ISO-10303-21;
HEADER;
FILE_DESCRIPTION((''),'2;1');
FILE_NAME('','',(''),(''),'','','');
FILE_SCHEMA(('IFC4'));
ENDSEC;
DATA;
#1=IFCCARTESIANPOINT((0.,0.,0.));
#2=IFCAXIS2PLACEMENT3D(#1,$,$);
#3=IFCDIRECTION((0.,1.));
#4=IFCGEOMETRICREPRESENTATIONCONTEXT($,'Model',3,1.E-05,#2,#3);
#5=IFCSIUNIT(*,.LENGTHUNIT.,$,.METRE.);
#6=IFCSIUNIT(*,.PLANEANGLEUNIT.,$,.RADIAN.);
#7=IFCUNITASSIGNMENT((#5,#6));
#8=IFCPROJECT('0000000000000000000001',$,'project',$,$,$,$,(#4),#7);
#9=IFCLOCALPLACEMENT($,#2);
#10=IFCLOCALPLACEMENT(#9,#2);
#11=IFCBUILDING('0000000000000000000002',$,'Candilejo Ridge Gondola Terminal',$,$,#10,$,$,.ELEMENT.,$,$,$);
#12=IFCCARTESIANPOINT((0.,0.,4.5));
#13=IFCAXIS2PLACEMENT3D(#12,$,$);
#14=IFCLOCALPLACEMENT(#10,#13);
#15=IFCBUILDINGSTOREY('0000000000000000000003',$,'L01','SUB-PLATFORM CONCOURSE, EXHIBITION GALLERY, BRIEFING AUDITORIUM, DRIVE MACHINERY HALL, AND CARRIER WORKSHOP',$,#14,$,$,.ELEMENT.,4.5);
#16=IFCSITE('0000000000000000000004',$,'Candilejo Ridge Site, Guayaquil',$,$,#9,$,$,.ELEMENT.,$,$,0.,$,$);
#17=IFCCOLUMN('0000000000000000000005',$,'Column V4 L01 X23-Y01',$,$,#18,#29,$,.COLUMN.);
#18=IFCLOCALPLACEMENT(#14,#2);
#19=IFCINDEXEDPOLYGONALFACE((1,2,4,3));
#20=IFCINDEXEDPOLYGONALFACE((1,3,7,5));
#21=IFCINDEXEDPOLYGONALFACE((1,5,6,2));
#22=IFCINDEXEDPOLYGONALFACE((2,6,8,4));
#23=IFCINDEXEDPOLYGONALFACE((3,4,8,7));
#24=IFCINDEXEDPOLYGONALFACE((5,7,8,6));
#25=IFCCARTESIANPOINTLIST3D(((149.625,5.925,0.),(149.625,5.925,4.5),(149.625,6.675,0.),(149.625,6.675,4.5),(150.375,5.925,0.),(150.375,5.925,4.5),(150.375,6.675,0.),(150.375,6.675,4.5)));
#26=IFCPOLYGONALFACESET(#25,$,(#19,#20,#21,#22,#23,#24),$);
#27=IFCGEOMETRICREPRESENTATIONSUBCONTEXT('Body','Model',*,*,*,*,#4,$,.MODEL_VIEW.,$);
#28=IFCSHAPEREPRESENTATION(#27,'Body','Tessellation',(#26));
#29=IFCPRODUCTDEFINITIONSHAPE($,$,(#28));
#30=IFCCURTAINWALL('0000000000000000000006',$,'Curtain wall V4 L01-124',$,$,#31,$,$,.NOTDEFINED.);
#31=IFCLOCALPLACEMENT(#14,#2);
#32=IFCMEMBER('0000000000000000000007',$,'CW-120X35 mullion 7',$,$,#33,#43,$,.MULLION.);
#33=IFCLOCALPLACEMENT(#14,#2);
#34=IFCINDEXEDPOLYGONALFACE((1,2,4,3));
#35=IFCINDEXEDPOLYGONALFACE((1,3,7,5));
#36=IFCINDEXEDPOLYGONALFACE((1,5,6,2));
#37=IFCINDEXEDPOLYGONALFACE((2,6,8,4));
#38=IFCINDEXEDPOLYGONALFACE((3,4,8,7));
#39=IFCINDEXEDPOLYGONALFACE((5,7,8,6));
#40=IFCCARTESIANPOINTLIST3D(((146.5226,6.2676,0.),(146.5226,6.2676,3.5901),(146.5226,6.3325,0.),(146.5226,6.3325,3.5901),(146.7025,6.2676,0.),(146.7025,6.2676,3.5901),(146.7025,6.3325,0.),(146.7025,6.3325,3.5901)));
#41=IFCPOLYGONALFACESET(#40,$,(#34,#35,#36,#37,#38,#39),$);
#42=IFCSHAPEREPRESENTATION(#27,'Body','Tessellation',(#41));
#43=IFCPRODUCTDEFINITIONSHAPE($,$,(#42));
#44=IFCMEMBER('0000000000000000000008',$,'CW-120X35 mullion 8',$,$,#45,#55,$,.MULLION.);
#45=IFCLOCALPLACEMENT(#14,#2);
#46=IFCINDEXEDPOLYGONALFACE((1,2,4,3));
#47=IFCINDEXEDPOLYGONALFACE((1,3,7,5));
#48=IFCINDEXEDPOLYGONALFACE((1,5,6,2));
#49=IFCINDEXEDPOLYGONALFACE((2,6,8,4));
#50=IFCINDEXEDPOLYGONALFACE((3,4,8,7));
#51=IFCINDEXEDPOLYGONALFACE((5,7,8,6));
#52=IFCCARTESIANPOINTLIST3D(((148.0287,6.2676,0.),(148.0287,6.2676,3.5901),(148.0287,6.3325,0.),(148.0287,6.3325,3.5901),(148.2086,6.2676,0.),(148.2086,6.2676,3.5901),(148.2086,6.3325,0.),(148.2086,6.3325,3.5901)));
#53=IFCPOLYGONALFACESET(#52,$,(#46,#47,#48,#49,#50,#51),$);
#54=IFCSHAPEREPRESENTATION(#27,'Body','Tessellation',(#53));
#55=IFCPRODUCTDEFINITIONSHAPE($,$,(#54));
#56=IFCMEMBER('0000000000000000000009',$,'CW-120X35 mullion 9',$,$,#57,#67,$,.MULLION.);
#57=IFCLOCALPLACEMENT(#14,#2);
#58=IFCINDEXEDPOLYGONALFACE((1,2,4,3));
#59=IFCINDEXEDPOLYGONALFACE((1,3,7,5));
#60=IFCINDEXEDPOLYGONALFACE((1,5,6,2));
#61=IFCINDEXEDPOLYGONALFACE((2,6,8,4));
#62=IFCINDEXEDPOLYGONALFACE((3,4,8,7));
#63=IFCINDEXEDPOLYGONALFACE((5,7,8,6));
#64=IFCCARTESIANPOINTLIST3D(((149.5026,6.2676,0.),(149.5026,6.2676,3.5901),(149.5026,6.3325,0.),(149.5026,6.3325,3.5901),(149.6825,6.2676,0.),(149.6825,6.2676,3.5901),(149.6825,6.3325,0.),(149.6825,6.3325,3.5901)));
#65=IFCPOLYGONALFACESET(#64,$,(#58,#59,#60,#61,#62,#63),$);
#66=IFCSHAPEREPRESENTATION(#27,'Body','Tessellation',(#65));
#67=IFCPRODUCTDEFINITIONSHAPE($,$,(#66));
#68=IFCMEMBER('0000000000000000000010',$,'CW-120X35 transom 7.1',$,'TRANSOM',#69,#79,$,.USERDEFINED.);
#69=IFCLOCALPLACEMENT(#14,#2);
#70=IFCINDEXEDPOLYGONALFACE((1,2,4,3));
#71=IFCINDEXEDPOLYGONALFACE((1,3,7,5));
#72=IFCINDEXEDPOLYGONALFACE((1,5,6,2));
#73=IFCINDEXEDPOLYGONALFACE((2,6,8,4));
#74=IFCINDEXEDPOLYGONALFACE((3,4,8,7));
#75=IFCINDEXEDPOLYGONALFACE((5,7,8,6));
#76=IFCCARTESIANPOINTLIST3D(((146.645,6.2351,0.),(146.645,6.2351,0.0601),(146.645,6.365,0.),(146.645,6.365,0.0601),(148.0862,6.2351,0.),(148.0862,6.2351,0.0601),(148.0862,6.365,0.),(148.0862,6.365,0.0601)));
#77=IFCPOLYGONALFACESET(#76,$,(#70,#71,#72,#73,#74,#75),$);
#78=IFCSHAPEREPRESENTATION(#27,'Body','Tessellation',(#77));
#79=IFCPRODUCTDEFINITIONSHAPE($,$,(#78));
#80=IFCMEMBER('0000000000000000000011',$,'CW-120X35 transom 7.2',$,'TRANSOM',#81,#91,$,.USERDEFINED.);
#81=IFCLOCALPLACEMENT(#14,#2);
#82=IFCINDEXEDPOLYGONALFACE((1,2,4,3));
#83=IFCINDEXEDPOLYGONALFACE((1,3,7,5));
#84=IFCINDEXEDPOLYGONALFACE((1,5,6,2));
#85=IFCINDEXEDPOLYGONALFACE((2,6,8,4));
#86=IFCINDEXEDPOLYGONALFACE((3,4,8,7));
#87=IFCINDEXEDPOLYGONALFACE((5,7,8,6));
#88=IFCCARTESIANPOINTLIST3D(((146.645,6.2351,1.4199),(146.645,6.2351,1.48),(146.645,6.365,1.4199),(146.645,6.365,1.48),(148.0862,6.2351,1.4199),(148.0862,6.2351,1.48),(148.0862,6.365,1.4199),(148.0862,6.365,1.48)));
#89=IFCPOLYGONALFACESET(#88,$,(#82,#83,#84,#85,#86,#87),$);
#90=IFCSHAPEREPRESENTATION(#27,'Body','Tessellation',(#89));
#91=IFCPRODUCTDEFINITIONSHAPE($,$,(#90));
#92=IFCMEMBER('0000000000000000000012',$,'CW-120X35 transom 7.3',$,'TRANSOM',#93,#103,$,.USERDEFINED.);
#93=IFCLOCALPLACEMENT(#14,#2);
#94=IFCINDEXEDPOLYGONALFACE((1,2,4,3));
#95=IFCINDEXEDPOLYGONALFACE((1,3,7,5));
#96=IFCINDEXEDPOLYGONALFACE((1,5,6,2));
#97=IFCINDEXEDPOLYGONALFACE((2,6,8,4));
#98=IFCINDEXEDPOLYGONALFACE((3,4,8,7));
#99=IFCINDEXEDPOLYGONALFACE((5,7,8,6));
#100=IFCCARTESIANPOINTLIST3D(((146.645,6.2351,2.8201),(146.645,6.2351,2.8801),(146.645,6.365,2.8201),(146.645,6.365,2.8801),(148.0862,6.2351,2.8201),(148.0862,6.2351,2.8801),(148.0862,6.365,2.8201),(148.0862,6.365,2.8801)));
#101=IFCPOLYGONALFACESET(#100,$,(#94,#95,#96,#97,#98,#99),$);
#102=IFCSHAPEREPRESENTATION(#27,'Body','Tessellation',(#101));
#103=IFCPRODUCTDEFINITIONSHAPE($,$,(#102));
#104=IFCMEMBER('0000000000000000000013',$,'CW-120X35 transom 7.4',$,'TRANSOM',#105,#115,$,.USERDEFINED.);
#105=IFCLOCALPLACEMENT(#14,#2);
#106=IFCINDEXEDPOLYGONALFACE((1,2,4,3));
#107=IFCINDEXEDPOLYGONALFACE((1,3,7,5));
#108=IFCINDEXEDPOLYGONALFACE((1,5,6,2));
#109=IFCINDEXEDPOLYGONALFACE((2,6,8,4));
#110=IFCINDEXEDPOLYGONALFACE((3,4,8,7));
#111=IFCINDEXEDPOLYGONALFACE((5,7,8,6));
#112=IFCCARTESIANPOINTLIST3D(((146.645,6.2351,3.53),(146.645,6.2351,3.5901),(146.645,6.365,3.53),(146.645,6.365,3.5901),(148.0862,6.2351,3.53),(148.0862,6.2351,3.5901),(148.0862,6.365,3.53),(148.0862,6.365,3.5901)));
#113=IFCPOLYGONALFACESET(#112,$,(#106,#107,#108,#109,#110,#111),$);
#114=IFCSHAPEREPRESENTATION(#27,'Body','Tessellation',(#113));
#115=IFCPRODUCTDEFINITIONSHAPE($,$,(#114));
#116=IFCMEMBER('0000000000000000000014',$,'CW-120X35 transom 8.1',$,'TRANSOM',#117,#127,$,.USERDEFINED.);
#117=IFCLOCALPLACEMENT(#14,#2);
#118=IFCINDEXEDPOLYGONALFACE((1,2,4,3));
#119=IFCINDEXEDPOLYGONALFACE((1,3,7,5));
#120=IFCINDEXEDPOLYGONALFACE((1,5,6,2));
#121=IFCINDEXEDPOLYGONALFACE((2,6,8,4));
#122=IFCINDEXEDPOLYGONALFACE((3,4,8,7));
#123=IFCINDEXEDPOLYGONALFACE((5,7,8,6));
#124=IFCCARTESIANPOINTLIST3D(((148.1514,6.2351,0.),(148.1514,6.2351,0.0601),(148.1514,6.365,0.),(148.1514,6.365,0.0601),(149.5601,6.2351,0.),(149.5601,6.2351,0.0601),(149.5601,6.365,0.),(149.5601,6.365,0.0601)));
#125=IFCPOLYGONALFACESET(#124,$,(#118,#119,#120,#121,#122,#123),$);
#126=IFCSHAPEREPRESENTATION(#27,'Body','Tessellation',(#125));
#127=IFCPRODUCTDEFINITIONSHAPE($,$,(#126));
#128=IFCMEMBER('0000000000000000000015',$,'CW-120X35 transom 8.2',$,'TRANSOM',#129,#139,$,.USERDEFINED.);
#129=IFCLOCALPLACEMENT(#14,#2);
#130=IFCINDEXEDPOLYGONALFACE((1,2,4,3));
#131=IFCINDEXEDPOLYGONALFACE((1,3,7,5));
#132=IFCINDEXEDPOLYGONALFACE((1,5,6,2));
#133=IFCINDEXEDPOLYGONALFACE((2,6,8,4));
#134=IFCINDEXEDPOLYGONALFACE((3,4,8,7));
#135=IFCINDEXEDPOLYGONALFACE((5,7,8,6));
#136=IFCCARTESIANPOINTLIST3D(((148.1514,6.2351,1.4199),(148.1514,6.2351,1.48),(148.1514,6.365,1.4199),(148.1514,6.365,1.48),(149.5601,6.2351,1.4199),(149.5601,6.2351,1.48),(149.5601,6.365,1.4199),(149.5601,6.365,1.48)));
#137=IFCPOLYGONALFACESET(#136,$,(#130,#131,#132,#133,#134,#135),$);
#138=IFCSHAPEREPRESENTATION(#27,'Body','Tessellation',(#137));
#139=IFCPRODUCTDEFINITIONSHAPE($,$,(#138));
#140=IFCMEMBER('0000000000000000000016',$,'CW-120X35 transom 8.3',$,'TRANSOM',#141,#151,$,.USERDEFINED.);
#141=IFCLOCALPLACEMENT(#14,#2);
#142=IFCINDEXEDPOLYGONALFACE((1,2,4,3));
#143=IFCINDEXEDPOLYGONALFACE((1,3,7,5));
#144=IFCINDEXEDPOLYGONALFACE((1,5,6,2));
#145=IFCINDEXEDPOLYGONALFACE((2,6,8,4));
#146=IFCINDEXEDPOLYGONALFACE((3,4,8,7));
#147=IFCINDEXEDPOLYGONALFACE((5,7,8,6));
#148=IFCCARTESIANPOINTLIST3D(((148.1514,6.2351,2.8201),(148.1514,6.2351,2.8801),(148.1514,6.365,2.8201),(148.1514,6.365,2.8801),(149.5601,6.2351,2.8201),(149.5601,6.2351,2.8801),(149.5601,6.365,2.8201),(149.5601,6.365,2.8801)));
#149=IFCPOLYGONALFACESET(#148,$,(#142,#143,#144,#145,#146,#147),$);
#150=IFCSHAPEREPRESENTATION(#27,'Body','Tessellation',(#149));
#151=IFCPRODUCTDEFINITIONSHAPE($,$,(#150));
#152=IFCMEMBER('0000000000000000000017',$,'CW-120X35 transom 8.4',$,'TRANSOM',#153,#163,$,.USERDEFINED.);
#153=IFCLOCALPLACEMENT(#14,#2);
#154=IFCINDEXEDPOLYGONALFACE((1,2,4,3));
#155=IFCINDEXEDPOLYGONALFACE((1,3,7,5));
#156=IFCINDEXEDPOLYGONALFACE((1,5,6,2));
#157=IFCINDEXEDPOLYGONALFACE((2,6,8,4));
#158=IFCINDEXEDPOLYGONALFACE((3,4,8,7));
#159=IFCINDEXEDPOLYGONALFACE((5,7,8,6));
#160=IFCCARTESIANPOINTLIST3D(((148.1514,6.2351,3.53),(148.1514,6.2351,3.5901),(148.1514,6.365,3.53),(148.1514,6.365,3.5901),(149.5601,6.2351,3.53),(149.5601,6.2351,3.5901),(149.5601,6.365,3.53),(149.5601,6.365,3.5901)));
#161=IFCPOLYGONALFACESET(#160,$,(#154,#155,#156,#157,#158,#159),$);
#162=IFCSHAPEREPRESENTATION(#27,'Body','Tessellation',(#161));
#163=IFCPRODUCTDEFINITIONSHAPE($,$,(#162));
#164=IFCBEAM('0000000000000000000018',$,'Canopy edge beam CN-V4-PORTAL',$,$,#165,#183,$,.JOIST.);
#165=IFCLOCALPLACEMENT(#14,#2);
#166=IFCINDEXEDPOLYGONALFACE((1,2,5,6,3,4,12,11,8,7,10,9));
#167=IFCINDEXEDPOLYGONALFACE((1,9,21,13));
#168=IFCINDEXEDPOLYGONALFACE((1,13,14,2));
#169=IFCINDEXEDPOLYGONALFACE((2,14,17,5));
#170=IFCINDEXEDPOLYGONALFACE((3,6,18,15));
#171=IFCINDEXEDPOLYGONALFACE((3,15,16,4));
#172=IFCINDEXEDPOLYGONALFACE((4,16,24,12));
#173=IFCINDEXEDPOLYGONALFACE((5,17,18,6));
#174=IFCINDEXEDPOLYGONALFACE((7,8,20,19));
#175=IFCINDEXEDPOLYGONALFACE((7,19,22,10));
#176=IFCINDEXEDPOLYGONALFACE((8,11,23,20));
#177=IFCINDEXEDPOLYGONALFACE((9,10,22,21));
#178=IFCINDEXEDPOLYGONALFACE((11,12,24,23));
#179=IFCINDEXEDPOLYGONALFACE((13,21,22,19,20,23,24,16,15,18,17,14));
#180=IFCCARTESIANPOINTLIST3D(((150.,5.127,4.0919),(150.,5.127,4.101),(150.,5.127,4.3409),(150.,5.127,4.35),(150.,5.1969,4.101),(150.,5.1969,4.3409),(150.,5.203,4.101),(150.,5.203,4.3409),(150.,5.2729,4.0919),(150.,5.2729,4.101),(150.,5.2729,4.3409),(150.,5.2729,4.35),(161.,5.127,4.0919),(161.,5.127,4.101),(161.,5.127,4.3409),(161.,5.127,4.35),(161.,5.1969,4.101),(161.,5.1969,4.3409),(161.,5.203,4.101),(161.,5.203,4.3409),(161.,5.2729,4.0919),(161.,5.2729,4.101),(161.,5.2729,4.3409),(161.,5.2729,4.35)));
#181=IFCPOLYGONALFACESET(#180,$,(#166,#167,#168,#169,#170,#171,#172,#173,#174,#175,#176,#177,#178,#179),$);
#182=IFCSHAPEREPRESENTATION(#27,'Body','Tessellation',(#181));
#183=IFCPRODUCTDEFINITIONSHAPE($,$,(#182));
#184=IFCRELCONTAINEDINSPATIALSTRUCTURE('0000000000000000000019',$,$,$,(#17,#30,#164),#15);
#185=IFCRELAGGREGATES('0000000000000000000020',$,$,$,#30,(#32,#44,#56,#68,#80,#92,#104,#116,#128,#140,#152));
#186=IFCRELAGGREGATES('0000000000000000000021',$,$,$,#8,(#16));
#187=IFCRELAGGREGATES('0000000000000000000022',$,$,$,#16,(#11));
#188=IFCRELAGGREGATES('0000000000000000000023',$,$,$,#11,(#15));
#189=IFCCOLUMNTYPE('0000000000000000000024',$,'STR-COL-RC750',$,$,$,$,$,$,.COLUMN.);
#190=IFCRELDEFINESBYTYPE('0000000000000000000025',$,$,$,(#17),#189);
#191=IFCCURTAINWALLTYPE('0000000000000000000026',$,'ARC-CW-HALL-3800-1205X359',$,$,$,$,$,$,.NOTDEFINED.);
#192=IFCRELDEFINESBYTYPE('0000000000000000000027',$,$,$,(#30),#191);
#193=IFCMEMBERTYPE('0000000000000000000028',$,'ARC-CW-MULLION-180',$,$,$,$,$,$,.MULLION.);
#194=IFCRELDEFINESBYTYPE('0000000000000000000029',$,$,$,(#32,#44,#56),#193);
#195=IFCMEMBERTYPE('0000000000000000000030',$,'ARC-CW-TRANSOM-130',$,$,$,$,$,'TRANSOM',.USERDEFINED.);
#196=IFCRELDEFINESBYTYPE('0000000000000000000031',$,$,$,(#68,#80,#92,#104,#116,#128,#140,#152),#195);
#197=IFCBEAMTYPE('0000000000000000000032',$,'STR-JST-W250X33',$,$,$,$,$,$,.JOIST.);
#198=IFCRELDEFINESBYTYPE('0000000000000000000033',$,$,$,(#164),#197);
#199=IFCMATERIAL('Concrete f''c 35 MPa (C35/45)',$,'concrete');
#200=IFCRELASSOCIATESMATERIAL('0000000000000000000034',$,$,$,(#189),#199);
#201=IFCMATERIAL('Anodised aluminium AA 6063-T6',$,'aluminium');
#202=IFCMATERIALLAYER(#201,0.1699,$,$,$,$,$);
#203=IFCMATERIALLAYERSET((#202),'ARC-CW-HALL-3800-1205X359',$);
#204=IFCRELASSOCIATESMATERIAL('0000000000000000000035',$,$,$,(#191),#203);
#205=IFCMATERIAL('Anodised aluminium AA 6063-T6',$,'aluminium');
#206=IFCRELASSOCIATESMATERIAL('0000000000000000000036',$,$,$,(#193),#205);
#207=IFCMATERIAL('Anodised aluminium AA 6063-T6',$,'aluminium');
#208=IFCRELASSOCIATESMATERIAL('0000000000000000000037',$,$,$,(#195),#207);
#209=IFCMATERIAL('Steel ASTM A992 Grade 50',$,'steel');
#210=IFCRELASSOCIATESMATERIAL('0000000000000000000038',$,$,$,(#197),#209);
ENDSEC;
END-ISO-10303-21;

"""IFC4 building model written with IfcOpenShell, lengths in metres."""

from ifc_helpers import new_model, si_unit, direction, frame, origin, origin_2d, place, context, subcontext, project, spatial, rectangle, i_section, extrude, material, layer, layer_set, material_profile, profile_set, type_object, element, aggregate, save


model = new_model("IFC4")

# Units and contexts
model_context = context("Model", 3, precision=1e-05, world=origin(), true_north=direction((0.0, 1.0)))
body_context = subcontext(model_context, "Body", "Model", "MODEL_VIEW")
ifc_project = project(units=[si_unit("LENGTHUNIT", "METRE"), si_unit("PLANEANGLEUNIT", "RADIAN")], contexts=[model_context])

# Site, building, storey
site_placement = place(None, origin())
site = spatial("IfcSite", under=ifc_project, at=site_placement, Name="Candilejo Ridge Site, Guayaquil", CompositionType="ELEMENT", RefElevation=0.0)
building_placement = place(site_placement, origin())
building = spatial("IfcBuilding", under=site, at=building_placement, Name="Candilejo Ridge Gondola Terminal", CompositionType="ELEMENT")
storey_placement = place(building_placement, frame((0.0, 0.0, 4.5)))
storey = spatial("IfcBuildingStorey", under=building, at=storey_placement, Name="L01", Description="SUB-PLATFORM CONCOURSE, EXHIBITION GALLERY, BRIEFING AUDITORIUM, DRIVE MACHINERY HALL, AND CARRIER WORKSHOP", CompositionType="ELEMENT", Elevation=4.5)

# Column
ifc_material_1 = material(Name="Concrete f'c 35 MPa (C35/45)", Category="concrete")
ifc_material_profile_1 = material_profile(ifc_material_1, rectangle(XDim=0.75, YDim=0.75, at=origin_2d()))
ifc_profile_set_1 = profile_set([ifc_material_profile_1], Name="Concrete f'c 35 MPa (C35/45)")
column_type = type_object("IfcColumnType", Name="STR-COL-RC750", PredefinedType="COLUMN", material=ifc_profile_set_1)
column_placement = place(storey_placement, frame((150.0, 6.3, 0.0), z_axis=(0.0, 0.0, 1.0), x_axis=(1.0, 0.0, 0.0)))
element("IfcColumn", 1, at=column_placement, inside=storey, type_object=column_type, Name="Column V4 L01 X23-Y01", PredefinedType="COLUMN", context=body_context, shape_type="SweptSolid", body=[
    extrude(rectangle(XDim=0.75, YDim=0.75, at=origin_2d()), origin(), (0.0, 0.0, 1.0), 4.5),
])

# Curtain wall, members
ifc_material_2 = material(Name="Anodised aluminium AA 6063-T6", Category="aluminium")
ifc_layer_1 = layer(ifc_material_2, 0.1699)
ifc_layer_set_1 = layer_set([ifc_layer_1], Name="ARC-CW-HALL-3800-1205X359")
curtain_wall_type = type_object("IfcCurtainWallType", Name="ARC-CW-HALL-3800-1205X359", PredefinedType="NOTDEFINED", material=ifc_layer_set_1)
curtain_wall_placement = place(storey_placement, origin())
curtain_wall = element("IfcCurtainWall", 2, at=curtain_wall_placement, inside=storey, type_object=curtain_wall_type, Name="Curtain wall V4 L01-124", PredefinedType="NOTDEFINED")
ifc_material_3 = material(Name="Anodised aluminium AA 6063-T6", Category="aluminium")
ifc_material_profile_2 = material_profile(ifc_material_3, rectangle(XDim=0.0649, YDim=0.1799, at=origin_2d()))
ifc_profile_set_2 = profile_set([ifc_material_profile_2], Name="Anodised aluminium AA 6063-T6")
member_type_1 = type_object("IfcMemberType", Name="ARC-CW-MULLION-180", PredefinedType="MULLION", material=ifc_profile_set_2)
member_1_placement = place(storey_placement, frame((146.6125, 6.3, 0.0), z_axis=(0.0, 0.0, 1.0), x_axis=(0.0, 1.0, 0.0)))
member_1 = element("IfcMember", 3, at=member_1_placement, type_object=member_type_1, Name="CW-120X35 mullion 7", PredefinedType="MULLION", context=body_context, shape_type="SweptSolid", body=[
    extrude(rectangle(XDim=0.0649, YDim=0.1799, at=origin_2d()), origin(), (0.0, 0.0, 1.0), 3.5901),
])
member_2_placement = place(storey_placement, frame((148.1187, 6.3, 0.0), z_axis=(0.0, 0.0, 1.0), x_axis=(0.0, 1.0, 0.0)))
member_2 = element("IfcMember", 4, at=member_2_placement, type_object=member_type_1, Name="CW-120X35 mullion 8", PredefinedType="MULLION", context=body_context, shape_type="SweptSolid", body=[
    extrude(rectangle(XDim=0.0649, YDim=0.1799, at=origin_2d()), origin(), (0.0, 0.0, 1.0), 3.5901),
])
member_3_placement = place(storey_placement, frame((149.5925, 6.3, 0.0), z_axis=(0.0, 0.0, 1.0), x_axis=(0.0, 1.0, 0.0)))
member_3 = element("IfcMember", 5, at=member_3_placement, type_object=member_type_1, Name="CW-120X35 mullion 9", PredefinedType="MULLION", context=body_context, shape_type="SweptSolid", body=[
    extrude(rectangle(XDim=0.0649, YDim=0.1799, at=origin_2d()), origin(), (0.0, 0.0, 1.0), 3.5901),
])
ifc_material_4 = material(Name="Anodised aluminium AA 6063-T6", Category="aluminium")
ifc_material_profile_3 = material_profile(ifc_material_4, rectangle(XDim=0.1299, YDim=0.0601, at=origin_2d()))
ifc_profile_set_3 = profile_set([ifc_material_profile_3], Name="Anodised aluminium AA 6063-T6")
member_type_2 = type_object("IfcMemberType", Name="ARC-CW-TRANSOM-130", ElementType="TRANSOM", PredefinedType="USERDEFINED", material=ifc_profile_set_3)
member_4_placement = place(storey_placement, frame((146.645, 6.3, 0.03), z_axis=(1.0, 0.0, 0.0), x_axis=(0.0, 1.0, 0.0)))
member_4 = element("IfcMember", 6, at=member_4_placement, type_object=member_type_2, Name="CW-120X35 transom 7.1", ObjectType="TRANSOM", PredefinedType="USERDEFINED", context=body_context, shape_type="SweptSolid", body=[
    extrude(rectangle(XDim=0.1299, YDim=0.0601, at=origin_2d()), origin(), (0.0, 0.0, 1.0), 1.4412),
])
member_5_placement = place(storey_placement, frame((146.645, 6.3, 1.45), z_axis=(1.0, 0.0, 0.0), x_axis=(0.0, 1.0, 0.0)))
member_5 = element("IfcMember", 7, at=member_5_placement, type_object=member_type_2, Name="CW-120X35 transom 7.2", ObjectType="TRANSOM", PredefinedType="USERDEFINED", context=body_context, shape_type="SweptSolid", body=[
    extrude(rectangle(XDim=0.1299, YDim=0.0601, at=origin_2d()), origin(), (0.0, 0.0, 1.0), 1.4412),
])
member_6_placement = place(storey_placement, frame((146.645, 6.3, 2.8501), z_axis=(1.0, 0.0, 0.0), x_axis=(0.0, 1.0, 0.0)))
member_6 = element("IfcMember", 8, at=member_6_placement, type_object=member_type_2, Name="CW-120X35 transom 7.3", ObjectType="TRANSOM", PredefinedType="USERDEFINED", context=body_context, shape_type="SweptSolid", body=[
    extrude(rectangle(XDim=0.1299, YDim=0.0601, at=origin_2d()), origin(), (0.0, 0.0, 1.0), 1.4412),
])
member_7_placement = place(storey_placement, frame((146.645, 6.3, 3.5601), z_axis=(1.0, 0.0, 0.0), x_axis=(0.0, 1.0, 0.0)))
member_7 = element("IfcMember", 9, at=member_7_placement, type_object=member_type_2, Name="CW-120X35 transom 7.4", ObjectType="TRANSOM", PredefinedType="USERDEFINED", context=body_context, shape_type="SweptSolid", body=[
    extrude(rectangle(XDim=0.1299, YDim=0.0601, at=origin_2d()), origin(), (0.0, 0.0, 1.0), 1.4412),
])
member_8_placement = place(storey_placement, frame((148.1514, 6.3, 0.03), z_axis=(1.0, 0.0, 0.0), x_axis=(0.0, 1.0, 0.0)))
member_8 = element("IfcMember", 10, at=member_8_placement, type_object=member_type_2, Name="CW-120X35 transom 8.1", ObjectType="TRANSOM", PredefinedType="USERDEFINED", context=body_context, shape_type="SweptSolid", body=[
    extrude(rectangle(XDim=0.1299, YDim=0.0601, at=origin_2d()), origin(), (0.0, 0.0, 1.0), 1.4087),
])
member_9_placement = place(storey_placement, frame((148.1514, 6.3, 1.45), z_axis=(1.0, 0.0, 0.0), x_axis=(0.0, 1.0, 0.0)))
member_9 = element("IfcMember", 11, at=member_9_placement, type_object=member_type_2, Name="CW-120X35 transom 8.2", ObjectType="TRANSOM", PredefinedType="USERDEFINED", context=body_context, shape_type="SweptSolid", body=[
    extrude(rectangle(XDim=0.1299, YDim=0.0601, at=origin_2d()), origin(), (0.0, 0.0, 1.0), 1.4087),
])
member_10_placement = place(storey_placement, frame((148.1514, 6.3, 2.8501), z_axis=(1.0, 0.0, 0.0), x_axis=(0.0, 1.0, 0.0)))
member_10 = element("IfcMember", 12, at=member_10_placement, type_object=member_type_2, Name="CW-120X35 transom 8.3", ObjectType="TRANSOM", PredefinedType="USERDEFINED", context=body_context, shape_type="SweptSolid", body=[
    extrude(rectangle(XDim=0.1299, YDim=0.0601, at=origin_2d()), origin(), (0.0, 0.0, 1.0), 1.4087),
])
member_11_placement = place(storey_placement, frame((148.1514, 6.3, 3.5601), z_axis=(1.0, 0.0, 0.0), x_axis=(0.0, 1.0, 0.0)))
member_11 = element("IfcMember", 13, at=member_11_placement, type_object=member_type_2, Name="CW-120X35 transom 8.4", ObjectType="TRANSOM", PredefinedType="USERDEFINED", context=body_context, shape_type="SweptSolid", body=[
    extrude(rectangle(XDim=0.1299, YDim=0.0601, at=origin_2d()), origin(), (0.0, 0.0, 1.0), 1.4087),
])

# Beam
ifc_material_5 = material(Name="Steel ASTM A992 Grade 50", Category="steel")
ifc_material_profile_4 = material_profile(ifc_material_5, i_section(OverallWidth=0.146, OverallDepth=0.2581, WebThickness=0.0061, FlangeThickness=0.009, at=origin_2d()))
ifc_profile_set_4 = profile_set([ifc_material_profile_4], Name="Steel ASTM A992 Grade 50")
beam_type_1 = type_object("IfcBeamType", Name="STR-JST-W250X33", PredefinedType="JOIST", material=ifc_profile_set_4)
beam_1_placement = place(storey_placement, frame((150.0, 5.2, 4.2209), z_axis=(1.0, 0.0, 0.0), x_axis=(0.0, 1.0, 0.0)))
element("IfcBeam", 14, at=beam_1_placement, inside=storey, type_object=beam_type_1, Name="Canopy edge beam CN-V4-PORTAL", PredefinedType="JOIST", context=body_context, shape_type="SweptSolid", body=[
    extrude(i_section(OverallWidth=0.146, OverallDepth=0.2581, WebThickness=0.0061, FlangeThickness=0.009, at=origin_2d()), origin(), (0.0, 0.0, 1.0), 11.0),
])

aggregate(curtain_wall, [member_1, member_2, member_3, member_4, member_5, member_6, member_7, member_8, member_9, member_10, member_11])

save(model, "model.ifc")
